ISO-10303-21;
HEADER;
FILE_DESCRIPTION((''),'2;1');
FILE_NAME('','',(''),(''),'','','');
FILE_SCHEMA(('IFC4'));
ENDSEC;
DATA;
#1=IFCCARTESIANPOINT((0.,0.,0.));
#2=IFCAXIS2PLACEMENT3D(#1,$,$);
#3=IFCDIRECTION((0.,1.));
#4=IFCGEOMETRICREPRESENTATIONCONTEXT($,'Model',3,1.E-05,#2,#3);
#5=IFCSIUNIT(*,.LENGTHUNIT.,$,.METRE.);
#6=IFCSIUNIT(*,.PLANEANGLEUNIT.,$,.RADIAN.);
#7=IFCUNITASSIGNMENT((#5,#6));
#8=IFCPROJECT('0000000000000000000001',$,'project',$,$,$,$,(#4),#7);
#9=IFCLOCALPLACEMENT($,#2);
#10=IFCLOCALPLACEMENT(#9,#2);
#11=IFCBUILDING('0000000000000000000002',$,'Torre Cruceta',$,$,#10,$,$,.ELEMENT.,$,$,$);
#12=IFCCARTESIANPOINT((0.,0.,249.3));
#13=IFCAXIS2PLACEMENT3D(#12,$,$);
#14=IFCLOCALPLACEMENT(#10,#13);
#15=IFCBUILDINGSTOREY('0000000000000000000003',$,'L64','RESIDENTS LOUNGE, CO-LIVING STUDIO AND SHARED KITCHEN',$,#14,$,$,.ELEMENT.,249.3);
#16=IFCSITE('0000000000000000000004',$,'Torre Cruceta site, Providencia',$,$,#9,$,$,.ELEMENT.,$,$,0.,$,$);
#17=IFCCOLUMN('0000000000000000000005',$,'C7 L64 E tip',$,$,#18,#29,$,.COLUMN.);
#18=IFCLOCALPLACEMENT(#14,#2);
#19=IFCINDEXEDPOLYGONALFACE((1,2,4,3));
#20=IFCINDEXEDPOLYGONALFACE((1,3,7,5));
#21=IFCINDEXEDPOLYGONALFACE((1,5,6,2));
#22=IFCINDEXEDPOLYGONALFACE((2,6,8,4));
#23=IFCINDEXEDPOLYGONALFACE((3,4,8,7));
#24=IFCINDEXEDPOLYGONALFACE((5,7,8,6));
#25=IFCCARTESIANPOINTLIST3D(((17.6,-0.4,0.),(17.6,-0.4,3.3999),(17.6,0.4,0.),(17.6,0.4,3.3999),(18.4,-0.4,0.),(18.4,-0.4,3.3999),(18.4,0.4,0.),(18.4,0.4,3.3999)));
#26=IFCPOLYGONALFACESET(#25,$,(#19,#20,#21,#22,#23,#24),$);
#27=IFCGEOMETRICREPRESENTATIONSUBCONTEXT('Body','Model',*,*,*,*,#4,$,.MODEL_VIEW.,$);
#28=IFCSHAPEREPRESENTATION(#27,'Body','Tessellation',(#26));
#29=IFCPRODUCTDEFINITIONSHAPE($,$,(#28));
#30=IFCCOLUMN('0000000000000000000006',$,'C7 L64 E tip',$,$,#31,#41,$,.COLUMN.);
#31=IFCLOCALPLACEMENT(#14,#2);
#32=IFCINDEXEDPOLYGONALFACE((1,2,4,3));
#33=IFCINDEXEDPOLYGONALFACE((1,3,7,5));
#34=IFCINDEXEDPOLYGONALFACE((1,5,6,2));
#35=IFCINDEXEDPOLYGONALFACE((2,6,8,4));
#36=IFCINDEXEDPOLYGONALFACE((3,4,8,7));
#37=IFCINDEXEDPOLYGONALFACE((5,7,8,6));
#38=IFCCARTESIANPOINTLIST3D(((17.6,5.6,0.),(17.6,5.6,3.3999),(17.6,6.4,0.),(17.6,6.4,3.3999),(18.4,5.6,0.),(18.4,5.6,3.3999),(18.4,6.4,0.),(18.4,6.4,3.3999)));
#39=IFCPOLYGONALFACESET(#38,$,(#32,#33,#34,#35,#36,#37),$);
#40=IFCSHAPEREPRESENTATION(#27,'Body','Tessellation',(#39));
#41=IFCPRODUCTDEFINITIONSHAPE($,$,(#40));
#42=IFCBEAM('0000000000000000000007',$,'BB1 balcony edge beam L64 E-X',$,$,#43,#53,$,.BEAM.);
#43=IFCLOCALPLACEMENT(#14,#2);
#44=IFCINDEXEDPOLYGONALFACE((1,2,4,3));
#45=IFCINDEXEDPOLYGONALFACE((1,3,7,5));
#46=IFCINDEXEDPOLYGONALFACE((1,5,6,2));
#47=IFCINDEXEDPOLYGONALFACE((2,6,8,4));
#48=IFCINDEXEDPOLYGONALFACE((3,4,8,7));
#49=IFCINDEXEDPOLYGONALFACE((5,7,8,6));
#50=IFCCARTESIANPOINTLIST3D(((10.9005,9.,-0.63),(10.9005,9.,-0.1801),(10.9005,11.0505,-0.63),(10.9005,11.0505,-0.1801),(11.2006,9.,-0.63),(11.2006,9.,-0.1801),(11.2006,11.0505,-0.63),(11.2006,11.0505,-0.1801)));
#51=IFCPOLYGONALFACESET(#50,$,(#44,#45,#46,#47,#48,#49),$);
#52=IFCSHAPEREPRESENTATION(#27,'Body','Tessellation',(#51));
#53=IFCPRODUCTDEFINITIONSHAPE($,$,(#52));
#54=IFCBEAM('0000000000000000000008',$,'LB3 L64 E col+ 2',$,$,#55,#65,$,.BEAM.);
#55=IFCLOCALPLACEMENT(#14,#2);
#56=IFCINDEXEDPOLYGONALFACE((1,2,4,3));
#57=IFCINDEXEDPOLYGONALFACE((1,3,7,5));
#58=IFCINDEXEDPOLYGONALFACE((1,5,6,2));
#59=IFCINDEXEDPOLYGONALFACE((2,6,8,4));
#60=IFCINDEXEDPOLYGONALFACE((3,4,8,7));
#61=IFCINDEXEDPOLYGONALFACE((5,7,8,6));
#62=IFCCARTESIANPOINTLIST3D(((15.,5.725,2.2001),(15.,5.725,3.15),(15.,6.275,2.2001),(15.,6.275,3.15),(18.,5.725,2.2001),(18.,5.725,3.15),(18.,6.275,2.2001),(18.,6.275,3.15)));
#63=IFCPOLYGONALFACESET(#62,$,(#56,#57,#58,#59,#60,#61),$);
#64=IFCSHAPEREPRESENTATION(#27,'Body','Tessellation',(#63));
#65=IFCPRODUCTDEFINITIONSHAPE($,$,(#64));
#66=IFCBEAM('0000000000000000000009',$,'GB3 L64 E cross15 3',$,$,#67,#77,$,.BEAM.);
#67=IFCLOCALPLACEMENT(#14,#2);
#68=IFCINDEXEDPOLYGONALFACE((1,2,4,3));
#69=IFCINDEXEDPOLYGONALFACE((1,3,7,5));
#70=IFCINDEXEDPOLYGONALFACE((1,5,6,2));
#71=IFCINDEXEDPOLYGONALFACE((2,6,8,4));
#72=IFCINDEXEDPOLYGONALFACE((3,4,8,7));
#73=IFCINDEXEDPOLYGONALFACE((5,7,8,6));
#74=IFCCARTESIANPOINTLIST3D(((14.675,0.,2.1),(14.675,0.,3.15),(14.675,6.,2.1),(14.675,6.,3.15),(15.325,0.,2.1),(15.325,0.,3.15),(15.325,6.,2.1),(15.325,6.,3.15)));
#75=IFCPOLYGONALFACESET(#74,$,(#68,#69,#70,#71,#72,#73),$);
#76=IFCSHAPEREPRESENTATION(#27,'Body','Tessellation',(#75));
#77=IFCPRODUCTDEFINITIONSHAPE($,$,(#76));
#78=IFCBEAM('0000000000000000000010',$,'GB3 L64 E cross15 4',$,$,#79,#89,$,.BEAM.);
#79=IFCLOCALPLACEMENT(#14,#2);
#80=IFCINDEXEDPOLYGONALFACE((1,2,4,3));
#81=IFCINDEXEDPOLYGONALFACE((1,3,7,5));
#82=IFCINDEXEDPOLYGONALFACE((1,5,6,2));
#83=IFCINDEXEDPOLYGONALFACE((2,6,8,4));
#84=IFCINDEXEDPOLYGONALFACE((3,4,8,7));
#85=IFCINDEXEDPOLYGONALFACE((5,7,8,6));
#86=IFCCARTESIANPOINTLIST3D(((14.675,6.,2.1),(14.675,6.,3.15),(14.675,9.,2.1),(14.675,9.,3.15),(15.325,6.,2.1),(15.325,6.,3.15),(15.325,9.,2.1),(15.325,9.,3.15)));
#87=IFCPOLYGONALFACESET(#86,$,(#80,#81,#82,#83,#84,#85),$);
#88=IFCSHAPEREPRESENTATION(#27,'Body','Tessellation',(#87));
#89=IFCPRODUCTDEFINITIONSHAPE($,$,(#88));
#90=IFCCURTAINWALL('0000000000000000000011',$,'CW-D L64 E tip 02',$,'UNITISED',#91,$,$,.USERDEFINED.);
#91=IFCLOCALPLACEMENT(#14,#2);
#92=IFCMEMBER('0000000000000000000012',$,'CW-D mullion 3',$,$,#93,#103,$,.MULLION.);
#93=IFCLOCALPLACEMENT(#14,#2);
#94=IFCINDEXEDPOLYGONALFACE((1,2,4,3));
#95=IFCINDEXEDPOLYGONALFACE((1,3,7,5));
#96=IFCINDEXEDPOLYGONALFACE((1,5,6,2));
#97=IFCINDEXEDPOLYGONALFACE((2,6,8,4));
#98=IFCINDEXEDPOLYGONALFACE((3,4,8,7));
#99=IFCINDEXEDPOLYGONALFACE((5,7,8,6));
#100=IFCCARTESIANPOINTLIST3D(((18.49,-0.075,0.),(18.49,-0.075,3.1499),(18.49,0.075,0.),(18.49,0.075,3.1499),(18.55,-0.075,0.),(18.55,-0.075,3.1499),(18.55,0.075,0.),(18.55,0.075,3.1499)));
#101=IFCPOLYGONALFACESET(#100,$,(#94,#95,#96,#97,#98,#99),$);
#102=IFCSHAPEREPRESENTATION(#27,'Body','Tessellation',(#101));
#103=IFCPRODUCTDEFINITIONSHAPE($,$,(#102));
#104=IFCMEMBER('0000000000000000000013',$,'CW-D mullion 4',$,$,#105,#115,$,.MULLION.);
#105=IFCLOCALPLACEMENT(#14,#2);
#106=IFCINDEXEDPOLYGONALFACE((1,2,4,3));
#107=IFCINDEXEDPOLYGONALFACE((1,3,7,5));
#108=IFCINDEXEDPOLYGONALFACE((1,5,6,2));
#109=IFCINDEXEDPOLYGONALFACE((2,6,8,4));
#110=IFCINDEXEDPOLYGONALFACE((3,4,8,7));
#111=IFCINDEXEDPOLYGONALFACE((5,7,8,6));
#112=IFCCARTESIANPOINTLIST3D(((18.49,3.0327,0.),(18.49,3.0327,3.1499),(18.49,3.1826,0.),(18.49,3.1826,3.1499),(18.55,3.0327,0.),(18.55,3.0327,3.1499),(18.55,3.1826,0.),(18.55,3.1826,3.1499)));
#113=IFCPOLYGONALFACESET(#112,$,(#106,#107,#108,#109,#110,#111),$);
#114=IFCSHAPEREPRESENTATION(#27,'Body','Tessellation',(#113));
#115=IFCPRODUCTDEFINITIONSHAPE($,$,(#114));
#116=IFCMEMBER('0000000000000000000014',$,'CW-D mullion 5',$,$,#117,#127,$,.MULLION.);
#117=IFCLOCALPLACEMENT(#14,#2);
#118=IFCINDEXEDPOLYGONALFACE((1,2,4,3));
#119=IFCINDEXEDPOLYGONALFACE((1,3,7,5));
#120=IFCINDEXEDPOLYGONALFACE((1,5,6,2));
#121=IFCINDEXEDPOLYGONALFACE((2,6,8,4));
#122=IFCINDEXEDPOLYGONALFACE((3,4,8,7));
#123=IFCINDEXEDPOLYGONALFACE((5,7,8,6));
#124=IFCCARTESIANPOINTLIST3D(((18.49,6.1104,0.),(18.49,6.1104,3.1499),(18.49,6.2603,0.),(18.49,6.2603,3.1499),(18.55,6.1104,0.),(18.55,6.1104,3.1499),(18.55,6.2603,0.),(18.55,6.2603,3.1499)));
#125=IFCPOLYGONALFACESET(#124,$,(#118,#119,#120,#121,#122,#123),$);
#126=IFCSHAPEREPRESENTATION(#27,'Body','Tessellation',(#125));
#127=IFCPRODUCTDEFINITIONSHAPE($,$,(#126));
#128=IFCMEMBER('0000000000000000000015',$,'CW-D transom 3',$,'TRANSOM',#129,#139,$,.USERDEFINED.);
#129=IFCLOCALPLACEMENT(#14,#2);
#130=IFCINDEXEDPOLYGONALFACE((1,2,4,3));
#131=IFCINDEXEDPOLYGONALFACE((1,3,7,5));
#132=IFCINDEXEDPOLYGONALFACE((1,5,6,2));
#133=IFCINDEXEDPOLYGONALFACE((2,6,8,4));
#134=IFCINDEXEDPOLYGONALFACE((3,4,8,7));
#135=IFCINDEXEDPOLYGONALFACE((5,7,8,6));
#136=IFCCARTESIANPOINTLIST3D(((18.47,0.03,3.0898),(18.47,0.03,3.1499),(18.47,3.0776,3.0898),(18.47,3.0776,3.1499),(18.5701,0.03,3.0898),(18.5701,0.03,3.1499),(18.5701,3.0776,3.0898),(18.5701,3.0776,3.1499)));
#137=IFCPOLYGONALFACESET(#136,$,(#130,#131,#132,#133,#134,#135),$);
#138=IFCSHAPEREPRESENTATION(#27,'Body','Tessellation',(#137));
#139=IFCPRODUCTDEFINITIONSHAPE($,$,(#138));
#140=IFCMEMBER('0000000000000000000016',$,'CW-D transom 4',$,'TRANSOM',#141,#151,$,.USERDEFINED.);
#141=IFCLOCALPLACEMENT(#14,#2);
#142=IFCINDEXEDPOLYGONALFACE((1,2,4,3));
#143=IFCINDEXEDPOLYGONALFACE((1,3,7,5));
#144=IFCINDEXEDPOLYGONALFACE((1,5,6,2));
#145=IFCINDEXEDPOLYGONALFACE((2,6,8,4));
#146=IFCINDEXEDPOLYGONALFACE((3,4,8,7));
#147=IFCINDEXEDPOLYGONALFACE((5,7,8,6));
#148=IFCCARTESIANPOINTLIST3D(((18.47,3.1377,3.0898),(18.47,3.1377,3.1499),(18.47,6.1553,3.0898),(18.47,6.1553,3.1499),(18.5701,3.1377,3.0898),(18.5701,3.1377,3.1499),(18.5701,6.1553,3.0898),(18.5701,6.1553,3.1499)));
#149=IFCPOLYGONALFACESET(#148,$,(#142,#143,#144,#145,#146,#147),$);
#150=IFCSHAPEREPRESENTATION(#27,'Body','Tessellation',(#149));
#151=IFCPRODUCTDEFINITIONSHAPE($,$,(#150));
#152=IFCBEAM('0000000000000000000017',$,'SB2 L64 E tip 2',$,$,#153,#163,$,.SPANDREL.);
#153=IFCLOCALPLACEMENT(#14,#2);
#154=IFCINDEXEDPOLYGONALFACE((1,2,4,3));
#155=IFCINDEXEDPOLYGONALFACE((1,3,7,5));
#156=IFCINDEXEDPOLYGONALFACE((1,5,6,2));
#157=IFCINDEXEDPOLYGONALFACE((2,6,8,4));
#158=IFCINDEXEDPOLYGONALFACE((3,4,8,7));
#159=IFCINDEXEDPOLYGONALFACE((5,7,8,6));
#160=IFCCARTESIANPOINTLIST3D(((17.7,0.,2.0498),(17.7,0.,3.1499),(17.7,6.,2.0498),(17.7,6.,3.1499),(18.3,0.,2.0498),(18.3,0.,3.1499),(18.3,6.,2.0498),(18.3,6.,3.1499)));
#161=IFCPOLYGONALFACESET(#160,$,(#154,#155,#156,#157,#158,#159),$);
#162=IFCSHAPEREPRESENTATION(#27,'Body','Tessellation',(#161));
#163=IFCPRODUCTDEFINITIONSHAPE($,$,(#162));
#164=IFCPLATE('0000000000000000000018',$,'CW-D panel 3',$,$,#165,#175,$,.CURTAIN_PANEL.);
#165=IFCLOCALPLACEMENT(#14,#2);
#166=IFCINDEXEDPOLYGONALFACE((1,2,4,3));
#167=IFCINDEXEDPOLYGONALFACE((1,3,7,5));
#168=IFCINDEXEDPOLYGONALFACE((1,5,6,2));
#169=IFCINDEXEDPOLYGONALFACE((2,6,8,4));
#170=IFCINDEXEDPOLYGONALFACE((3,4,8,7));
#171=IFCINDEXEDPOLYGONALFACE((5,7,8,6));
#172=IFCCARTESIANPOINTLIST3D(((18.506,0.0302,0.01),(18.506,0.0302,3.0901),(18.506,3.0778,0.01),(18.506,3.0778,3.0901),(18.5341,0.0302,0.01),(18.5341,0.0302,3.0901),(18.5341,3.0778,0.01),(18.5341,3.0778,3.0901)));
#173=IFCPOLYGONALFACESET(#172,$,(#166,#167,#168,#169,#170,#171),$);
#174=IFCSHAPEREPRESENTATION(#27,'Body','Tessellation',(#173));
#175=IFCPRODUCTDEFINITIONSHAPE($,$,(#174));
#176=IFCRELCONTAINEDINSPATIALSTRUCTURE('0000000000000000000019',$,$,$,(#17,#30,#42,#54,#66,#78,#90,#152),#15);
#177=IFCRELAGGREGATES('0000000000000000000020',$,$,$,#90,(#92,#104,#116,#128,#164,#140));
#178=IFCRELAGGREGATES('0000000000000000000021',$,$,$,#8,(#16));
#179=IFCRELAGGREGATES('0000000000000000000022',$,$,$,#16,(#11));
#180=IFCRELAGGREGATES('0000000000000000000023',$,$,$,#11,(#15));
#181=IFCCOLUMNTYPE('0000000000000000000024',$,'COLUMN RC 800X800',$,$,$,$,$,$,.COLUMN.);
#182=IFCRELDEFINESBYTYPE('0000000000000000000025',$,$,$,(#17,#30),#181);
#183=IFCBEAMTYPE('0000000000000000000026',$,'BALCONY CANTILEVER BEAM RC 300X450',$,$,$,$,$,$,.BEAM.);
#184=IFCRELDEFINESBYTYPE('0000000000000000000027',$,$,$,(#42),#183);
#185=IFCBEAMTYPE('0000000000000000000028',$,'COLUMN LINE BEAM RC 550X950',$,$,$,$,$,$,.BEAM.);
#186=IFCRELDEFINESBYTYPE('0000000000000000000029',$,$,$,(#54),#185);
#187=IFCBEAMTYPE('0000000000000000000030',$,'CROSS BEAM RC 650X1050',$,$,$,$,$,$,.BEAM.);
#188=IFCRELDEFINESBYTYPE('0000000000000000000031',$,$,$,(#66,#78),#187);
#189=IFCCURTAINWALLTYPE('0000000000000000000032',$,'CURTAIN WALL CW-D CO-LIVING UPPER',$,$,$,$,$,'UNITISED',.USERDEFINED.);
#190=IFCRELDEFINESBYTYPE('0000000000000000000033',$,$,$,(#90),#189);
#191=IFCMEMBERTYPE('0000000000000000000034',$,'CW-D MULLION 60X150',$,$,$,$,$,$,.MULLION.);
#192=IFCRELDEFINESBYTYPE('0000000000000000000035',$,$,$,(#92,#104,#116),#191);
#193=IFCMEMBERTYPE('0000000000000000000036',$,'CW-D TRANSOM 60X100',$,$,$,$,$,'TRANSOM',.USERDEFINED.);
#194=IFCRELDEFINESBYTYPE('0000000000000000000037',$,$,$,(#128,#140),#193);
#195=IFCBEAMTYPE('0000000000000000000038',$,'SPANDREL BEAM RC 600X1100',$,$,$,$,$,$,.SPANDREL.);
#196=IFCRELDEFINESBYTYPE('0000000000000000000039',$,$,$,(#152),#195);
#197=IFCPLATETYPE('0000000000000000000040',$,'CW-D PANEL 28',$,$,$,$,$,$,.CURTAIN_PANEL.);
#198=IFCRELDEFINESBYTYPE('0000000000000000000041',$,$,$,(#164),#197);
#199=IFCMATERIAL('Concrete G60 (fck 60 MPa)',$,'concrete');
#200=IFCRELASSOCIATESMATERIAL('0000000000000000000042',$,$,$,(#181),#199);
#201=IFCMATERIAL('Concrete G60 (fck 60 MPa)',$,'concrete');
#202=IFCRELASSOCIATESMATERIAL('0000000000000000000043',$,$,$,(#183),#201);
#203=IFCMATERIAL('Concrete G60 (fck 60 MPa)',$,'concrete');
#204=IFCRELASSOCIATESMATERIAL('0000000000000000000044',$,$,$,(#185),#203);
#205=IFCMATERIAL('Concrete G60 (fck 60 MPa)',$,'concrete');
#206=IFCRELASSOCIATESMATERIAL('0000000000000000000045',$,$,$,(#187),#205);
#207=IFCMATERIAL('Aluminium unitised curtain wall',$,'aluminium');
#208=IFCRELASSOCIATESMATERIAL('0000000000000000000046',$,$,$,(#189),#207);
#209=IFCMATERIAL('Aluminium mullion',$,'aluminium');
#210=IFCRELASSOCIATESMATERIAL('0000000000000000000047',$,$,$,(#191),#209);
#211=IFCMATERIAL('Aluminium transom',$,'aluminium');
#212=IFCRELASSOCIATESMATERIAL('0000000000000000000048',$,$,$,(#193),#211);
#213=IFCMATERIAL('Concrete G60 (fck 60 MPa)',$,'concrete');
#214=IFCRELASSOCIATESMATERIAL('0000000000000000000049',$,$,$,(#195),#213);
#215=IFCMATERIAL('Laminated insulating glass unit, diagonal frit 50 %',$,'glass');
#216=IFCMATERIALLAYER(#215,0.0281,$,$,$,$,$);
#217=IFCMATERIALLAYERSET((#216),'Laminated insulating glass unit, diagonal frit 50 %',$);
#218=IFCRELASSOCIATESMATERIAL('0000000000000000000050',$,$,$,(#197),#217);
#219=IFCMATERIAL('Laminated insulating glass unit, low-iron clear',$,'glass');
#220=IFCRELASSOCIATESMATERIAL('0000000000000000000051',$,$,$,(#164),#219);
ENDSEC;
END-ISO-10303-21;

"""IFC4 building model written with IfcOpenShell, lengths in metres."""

from ifc_helpers import new_model, si_unit, direction, frame, origin, origin_2d, place, context, subcontext, project, spatial, rectangle, extrude, material, layer, layer_set, material_profile, profile_set, type_object, element, aggregate, save


model = new_model("IFC4")

# Units and contexts
model_context = context("Model", 3, precision=1e-05, world=origin(), true_north=direction((0.0, 1.0)))
body_context = subcontext(model_context, "Body", "Model", "MODEL_VIEW")
ifc_project = project(units=[si_unit("LENGTHUNIT", "METRE"), si_unit("PLANEANGLEUNIT", "RADIAN")], contexts=[model_context])

# Site, building, storey
site_placement = place(None, origin())
site = spatial("IfcSite", under=ifc_project, at=site_placement, Name="Torre Cruceta site, Providencia", CompositionType="ELEMENT", RefElevation=0.0)
building_placement = place(site_placement, origin())
building = spatial("IfcBuilding", under=site, at=building_placement, Name="Torre Cruceta", CompositionType="ELEMENT")
storey_placement = place(building_placement, frame((0.0, 0.0, 249.3)))
storey = spatial("IfcBuildingStorey", under=building, at=storey_placement, Name="L64", Description="RESIDENTS LOUNGE, CO-LIVING STUDIO AND SHARED KITCHEN", CompositionType="ELEMENT", Elevation=249.3)

# Columns
ifc_material_1 = material(Name="Concrete G60 (fck 60 MPa)", Category="concrete")
ifc_material_profile_1 = material_profile(ifc_material_1, rectangle(XDim=0.8, YDim=0.8, at=origin_2d()), Name="RC 800X800")
ifc_profile_set_1 = profile_set([ifc_material_profile_1], Name="Concrete G60 (fck 60 MPa)")
column_type = type_object("IfcColumnType", Name="COLUMN RC 800X800", PredefinedType="COLUMN", material=ifc_profile_set_1)
for number, where, z_axis, x_axis, name in (
    (1, (18.0, 0.0, 0.0), (0.0, 0.0, 1.0), (1.0, 0.0, 0.0), "C7 L64 E tip"),
    (2, (18.0, 6.0, 0.0), (0.0, 0.0, 1.0), (1.0, 0.0, 0.0), "C7 L64 E tip"),
):
    element("IfcColumn", number, at=place(storey_placement, frame(where, z_axis=z_axis, x_axis=x_axis)), inside=storey, type_object=column_type, Name=name, PredefinedType="COLUMN", context=body_context, shape_type="SweptSolid", body=[
        extrude(rectangle(XDim=0.8, YDim=0.8, at=origin_2d()), origin(), (0.0, 0.0, 1.0), 3.3999),
    ])

# Beams
ifc_material_2 = material(Name="Concrete G60 (fck 60 MPa)", Category="concrete")
ifc_material_profile_2 = material_profile(ifc_material_2, rectangle(XDim=0.3, YDim=0.45, at=origin_2d()), Name="RC 300X450")
ifc_profile_set_2 = profile_set([ifc_material_profile_2], Name="Concrete G60 (fck 60 MPa)")
beam_type_1 = type_object("IfcBeamType", Name="BALCONY CANTILEVER BEAM RC 300X450", PredefinedType="BEAM", material=ifc_profile_set_2)
beam_1_placement = place(storey_placement, frame((11.0505, 9.0, -0.405), z_axis=(0.0, 1.0, 0.0), x_axis=(-1.0, 0.0, 0.0)))
element("IfcBeam", 3, at=beam_1_placement, inside=storey, type_object=beam_type_1, Name="BB1 balcony edge beam L64 E-X", PredefinedType="BEAM", context=body_context, shape_type="SweptSolid", body=[
    extrude(rectangle(XDim=0.3, YDim=0.45, at=origin_2d()), origin(), (0.0, 0.0, 1.0), 2.0505),
])
ifc_material_3 = material(Name="Concrete G60 (fck 60 MPa)", Category="concrete")
ifc_material_profile_3 = material_profile(ifc_material_3, rectangle(XDim=0.55, YDim=0.95, at=origin_2d()), Name="RC 550X950")
ifc_profile_set_3 = profile_set([ifc_material_profile_3], Name="Concrete G60 (fck 60 MPa)")
beam_type_2 = type_object("IfcBeamType", Name="COLUMN LINE BEAM RC 550X950", PredefinedType="BEAM", material=ifc_profile_set_3)
beam_2_placement = place(storey_placement, frame((15.0, 6.0, 2.675), z_axis=(1.0, 0.0, 0.0), x_axis=(0.0, 1.0, 0.0)))
element("IfcBeam", 4, at=beam_2_placement, inside=storey, type_object=beam_type_2, Name="LB3 L64 E col+ 2", PredefinedType="BEAM", context=body_context, shape_type="SweptSolid", body=[
    extrude(rectangle(XDim=0.55, YDim=0.95, at=origin_2d()), origin(), (0.0, 0.0, 1.0), 3.0),
])
ifc_material_4 = material(Name="Concrete G60 (fck 60 MPa)", Category="concrete")
ifc_material_profile_4 = material_profile(ifc_material_4, rectangle(XDim=0.6499, YDim=1.05, at=origin_2d()), Name="RC 650X1050")
ifc_profile_set_4 = profile_set([ifc_material_profile_4], Name="Concrete G60 (fck 60 MPa)")
beam_type_3 = type_object("IfcBeamType", Name="CROSS BEAM RC 650X1050", PredefinedType="BEAM", material=ifc_profile_set_4)
beam_3_placement = place(storey_placement, frame((15.0, 0.0, 2.625), z_axis=(0.0, 1.0, 0.0), x_axis=(-1.0, 0.0, 0.0)))
element("IfcBeam", 5, at=beam_3_placement, inside=storey, type_object=beam_type_3, Name="GB3 L64 E cross15 3", PredefinedType="BEAM", context=body_context, shape_type="SweptSolid", body=[
    extrude(rectangle(XDim=0.6499, YDim=1.05, at=origin_2d()), origin(), (0.0, 0.0, 1.0), 6.0),
])
beam_4_placement = place(storey_placement, frame((15.0, 6.0, 2.625), z_axis=(0.0, 1.0, 0.0), x_axis=(-1.0, 0.0, 0.0)))
element("IfcBeam", 6, at=beam_4_placement, inside=storey, type_object=beam_type_3, Name="GB3 L64 E cross15 4", PredefinedType="BEAM", context=body_context, shape_type="SweptSolid", body=[
    extrude(rectangle(XDim=0.6499, YDim=1.05, at=origin_2d()), origin(), (0.0, 0.0, 1.0), 3.0),
])

# Curtain wall, members
ifc_material_5 = material(Name="Aluminium unitised curtain wall", Category="aluminium")
curtain_wall_type = type_object("IfcCurtainWallType", Name="CURTAIN WALL CW-D CO-LIVING UPPER", ElementType="UNITISED", PredefinedType="USERDEFINED", material=ifc_material_5)
curtain_wall_placement = place(storey_placement, origin())
curtain_wall = element("IfcCurtainWall", 7, at=curtain_wall_placement, inside=storey, type_object=curtain_wall_type, Name="CW-D L64 E tip 02", ObjectType="UNITISED", PredefinedType="USERDEFINED")
ifc_material_6 = material(Name="Aluminium mullion", Category="aluminium")
ifc_material_profile_5 = material_profile(ifc_material_6, rectangle(XDim=0.0601, YDim=0.1499, at=origin_2d()), Name="AL 60X150")
ifc_profile_set_5 = profile_set([ifc_material_profile_5], Name="Aluminium mullion")
member_type_1 = type_object("IfcMemberType", Name="CW-D MULLION 60X150", PredefinedType="MULLION", material=ifc_profile_set_5)
member_1_placement = place(storey_placement, frame((18.52, 0.0, 0.0), z_axis=(0.0, 0.0, 1.0), x_axis=(-1.0, 0.0, 0.0)))
member_1 = element("IfcMember", 8, at=member_1_placement, type_object=member_type_1, Name="CW-D mullion 3", PredefinedType="MULLION", context=body_context, shape_type="SweptSolid", body=[
    extrude(rectangle(XDim=0.0601, YDim=0.1499, at=origin_2d()), origin(), (0.0, 0.0, 1.0), 3.1499),
])
member_2_placement = place(storey_placement, frame((18.52, 3.1077, 0.0), z_axis=(0.0, 0.0, 1.0), x_axis=(-1.0, 0.0, 0.0)))
member_2 = element("IfcMember", 9, at=member_2_placement, type_object=member_type_1, Name="CW-D mullion 4", PredefinedType="MULLION", context=body_context, shape_type="SweptSolid", body=[
    extrude(rectangle(XDim=0.0601, YDim=0.1499, at=origin_2d()), origin(), (0.0, 0.0, 1.0), 3.1499),
])
member_3_placement = place(storey_placement, frame((18.52, 6.1853, 0.0), z_axis=(0.0, 0.0, 1.0), x_axis=(-1.0, 0.0, 0.0)))
member_3 = element("IfcMember", 10, at=member_3_placement, type_object=member_type_1, Name="CW-D mullion 5", PredefinedType="MULLION", context=body_context, shape_type="SweptSolid", body=[
    extrude(rectangle(XDim=0.0601, YDim=0.1499, at=origin_2d()), origin(), (0.0, 0.0, 1.0), 3.1499),
])
ifc_material_7 = material(Name="Aluminium transom", Category="aluminium")
ifc_material_profile_6 = material_profile(ifc_material_7, rectangle(XDim=0.1001, YDim=0.0601, at=origin_2d()), Name="AL 100X60")
ifc_profile_set_6 = profile_set([ifc_material_profile_6], Name="Aluminium transom")
member_type_2 = type_object("IfcMemberType", Name="CW-D TRANSOM 60X100", ElementType="TRANSOM", PredefinedType="USERDEFINED", material=ifc_profile_set_6)
member_4_placement = place(storey_placement, frame((18.52, 0.03, 3.1199), z_axis=(0.0, 1.0, 0.0), x_axis=(-1.0, 0.0, 0.0)))
member_4 = element("IfcMember", 11, at=member_4_placement, type_object=member_type_2, Name="CW-D transom 3", ObjectType="TRANSOM", PredefinedType="USERDEFINED", context=body_context, shape_type="SweptSolid", body=[
    extrude(rectangle(XDim=0.1001, YDim=0.0601, at=origin_2d()), origin(), (0.0, 0.0, 1.0), 3.0476),
])
member_5_placement = place(storey_placement, frame((18.52, 3.1377, 3.1199), z_axis=(0.0, 1.0, 0.0), x_axis=(-1.0, 0.0, 0.0)))
member_5 = element("IfcMember", 12, at=member_5_placement, type_object=member_type_2, Name="CW-D transom 4", ObjectType="TRANSOM", PredefinedType="USERDEFINED", context=body_context, shape_type="SweptSolid", body=[
    extrude(rectangle(XDim=0.1001, YDim=0.0601, at=origin_2d()), origin(), (0.0, 0.0, 1.0), 3.0176),
])

# Beam
ifc_material_8 = material(Name="Concrete G60 (fck 60 MPa)", Category="concrete")
ifc_material_profile_7 = material_profile(ifc_material_8, rectangle(XDim=0.6001, YDim=1.1001, at=origin_2d()), Name="RC 600X1100")
ifc_profile_set_7 = profile_set([ifc_material_profile_7], Name="Concrete G60 (fck 60 MPa)")
beam_type_4 = type_object("IfcBeamType", Name="SPANDREL BEAM RC 600X1100", PredefinedType="SPANDREL", material=ifc_profile_set_7)
beam_5_placement = place(storey_placement, frame((18.0, 0.0, 2.5999), z_axis=(0.0, 1.0, 0.0), x_axis=(-1.0, 0.0, 0.0)))
element("IfcBeam", 13, at=beam_5_placement, inside=storey, type_object=beam_type_4, Name="SB2 L64 E tip 2", PredefinedType="SPANDREL", context=body_context, shape_type="SweptSolid", body=[
    extrude(rectangle(XDim=0.6001, YDim=1.1001, at=origin_2d()), origin(), (0.0, 0.0, 1.0), 6.0),
])

# Plate
ifc_material_9 = material(Name="Laminated insulating glass unit, low-iron clear", Category="glass")
ifc_material_10 = material(Name="Laminated insulating glass unit, diagonal frit 50 %", Category="glass")
ifc_layer_1 = layer(ifc_material_10, 0.0281)
ifc_layer_set_1 = layer_set([ifc_layer_1], Name="Laminated insulating glass unit, diagonal frit 50 %")
plate_type = type_object("IfcPlateType", Name="CW-D PANEL 28", PredefinedType="CURTAIN_PANEL", material=ifc_layer_set_1)
plate_1_placement = place(storey_placement, frame((18.52, 1.554, 0.01), z_axis=(0.0, 0.0, 1.0), x_axis=(0.0, 1.0, 0.0)))
plate_1 = element("IfcPlate", 14, at=plate_1_placement, type_object=plate_type, material=ifc_material_9, Name="CW-D panel 3", PredefinedType="CURTAIN_PANEL", context=body_context, shape_type="SweptSolid", body=[
    extrude(rectangle(XDim=3.0476, YDim=0.0281, at=origin_2d()), origin(), (0.0, 0.0, 1.0), 3.0801),
])
aggregate(curtain_wall, [member_1, member_2, member_3, member_4, plate_1, member_5])

save(model, "model.ifc")
